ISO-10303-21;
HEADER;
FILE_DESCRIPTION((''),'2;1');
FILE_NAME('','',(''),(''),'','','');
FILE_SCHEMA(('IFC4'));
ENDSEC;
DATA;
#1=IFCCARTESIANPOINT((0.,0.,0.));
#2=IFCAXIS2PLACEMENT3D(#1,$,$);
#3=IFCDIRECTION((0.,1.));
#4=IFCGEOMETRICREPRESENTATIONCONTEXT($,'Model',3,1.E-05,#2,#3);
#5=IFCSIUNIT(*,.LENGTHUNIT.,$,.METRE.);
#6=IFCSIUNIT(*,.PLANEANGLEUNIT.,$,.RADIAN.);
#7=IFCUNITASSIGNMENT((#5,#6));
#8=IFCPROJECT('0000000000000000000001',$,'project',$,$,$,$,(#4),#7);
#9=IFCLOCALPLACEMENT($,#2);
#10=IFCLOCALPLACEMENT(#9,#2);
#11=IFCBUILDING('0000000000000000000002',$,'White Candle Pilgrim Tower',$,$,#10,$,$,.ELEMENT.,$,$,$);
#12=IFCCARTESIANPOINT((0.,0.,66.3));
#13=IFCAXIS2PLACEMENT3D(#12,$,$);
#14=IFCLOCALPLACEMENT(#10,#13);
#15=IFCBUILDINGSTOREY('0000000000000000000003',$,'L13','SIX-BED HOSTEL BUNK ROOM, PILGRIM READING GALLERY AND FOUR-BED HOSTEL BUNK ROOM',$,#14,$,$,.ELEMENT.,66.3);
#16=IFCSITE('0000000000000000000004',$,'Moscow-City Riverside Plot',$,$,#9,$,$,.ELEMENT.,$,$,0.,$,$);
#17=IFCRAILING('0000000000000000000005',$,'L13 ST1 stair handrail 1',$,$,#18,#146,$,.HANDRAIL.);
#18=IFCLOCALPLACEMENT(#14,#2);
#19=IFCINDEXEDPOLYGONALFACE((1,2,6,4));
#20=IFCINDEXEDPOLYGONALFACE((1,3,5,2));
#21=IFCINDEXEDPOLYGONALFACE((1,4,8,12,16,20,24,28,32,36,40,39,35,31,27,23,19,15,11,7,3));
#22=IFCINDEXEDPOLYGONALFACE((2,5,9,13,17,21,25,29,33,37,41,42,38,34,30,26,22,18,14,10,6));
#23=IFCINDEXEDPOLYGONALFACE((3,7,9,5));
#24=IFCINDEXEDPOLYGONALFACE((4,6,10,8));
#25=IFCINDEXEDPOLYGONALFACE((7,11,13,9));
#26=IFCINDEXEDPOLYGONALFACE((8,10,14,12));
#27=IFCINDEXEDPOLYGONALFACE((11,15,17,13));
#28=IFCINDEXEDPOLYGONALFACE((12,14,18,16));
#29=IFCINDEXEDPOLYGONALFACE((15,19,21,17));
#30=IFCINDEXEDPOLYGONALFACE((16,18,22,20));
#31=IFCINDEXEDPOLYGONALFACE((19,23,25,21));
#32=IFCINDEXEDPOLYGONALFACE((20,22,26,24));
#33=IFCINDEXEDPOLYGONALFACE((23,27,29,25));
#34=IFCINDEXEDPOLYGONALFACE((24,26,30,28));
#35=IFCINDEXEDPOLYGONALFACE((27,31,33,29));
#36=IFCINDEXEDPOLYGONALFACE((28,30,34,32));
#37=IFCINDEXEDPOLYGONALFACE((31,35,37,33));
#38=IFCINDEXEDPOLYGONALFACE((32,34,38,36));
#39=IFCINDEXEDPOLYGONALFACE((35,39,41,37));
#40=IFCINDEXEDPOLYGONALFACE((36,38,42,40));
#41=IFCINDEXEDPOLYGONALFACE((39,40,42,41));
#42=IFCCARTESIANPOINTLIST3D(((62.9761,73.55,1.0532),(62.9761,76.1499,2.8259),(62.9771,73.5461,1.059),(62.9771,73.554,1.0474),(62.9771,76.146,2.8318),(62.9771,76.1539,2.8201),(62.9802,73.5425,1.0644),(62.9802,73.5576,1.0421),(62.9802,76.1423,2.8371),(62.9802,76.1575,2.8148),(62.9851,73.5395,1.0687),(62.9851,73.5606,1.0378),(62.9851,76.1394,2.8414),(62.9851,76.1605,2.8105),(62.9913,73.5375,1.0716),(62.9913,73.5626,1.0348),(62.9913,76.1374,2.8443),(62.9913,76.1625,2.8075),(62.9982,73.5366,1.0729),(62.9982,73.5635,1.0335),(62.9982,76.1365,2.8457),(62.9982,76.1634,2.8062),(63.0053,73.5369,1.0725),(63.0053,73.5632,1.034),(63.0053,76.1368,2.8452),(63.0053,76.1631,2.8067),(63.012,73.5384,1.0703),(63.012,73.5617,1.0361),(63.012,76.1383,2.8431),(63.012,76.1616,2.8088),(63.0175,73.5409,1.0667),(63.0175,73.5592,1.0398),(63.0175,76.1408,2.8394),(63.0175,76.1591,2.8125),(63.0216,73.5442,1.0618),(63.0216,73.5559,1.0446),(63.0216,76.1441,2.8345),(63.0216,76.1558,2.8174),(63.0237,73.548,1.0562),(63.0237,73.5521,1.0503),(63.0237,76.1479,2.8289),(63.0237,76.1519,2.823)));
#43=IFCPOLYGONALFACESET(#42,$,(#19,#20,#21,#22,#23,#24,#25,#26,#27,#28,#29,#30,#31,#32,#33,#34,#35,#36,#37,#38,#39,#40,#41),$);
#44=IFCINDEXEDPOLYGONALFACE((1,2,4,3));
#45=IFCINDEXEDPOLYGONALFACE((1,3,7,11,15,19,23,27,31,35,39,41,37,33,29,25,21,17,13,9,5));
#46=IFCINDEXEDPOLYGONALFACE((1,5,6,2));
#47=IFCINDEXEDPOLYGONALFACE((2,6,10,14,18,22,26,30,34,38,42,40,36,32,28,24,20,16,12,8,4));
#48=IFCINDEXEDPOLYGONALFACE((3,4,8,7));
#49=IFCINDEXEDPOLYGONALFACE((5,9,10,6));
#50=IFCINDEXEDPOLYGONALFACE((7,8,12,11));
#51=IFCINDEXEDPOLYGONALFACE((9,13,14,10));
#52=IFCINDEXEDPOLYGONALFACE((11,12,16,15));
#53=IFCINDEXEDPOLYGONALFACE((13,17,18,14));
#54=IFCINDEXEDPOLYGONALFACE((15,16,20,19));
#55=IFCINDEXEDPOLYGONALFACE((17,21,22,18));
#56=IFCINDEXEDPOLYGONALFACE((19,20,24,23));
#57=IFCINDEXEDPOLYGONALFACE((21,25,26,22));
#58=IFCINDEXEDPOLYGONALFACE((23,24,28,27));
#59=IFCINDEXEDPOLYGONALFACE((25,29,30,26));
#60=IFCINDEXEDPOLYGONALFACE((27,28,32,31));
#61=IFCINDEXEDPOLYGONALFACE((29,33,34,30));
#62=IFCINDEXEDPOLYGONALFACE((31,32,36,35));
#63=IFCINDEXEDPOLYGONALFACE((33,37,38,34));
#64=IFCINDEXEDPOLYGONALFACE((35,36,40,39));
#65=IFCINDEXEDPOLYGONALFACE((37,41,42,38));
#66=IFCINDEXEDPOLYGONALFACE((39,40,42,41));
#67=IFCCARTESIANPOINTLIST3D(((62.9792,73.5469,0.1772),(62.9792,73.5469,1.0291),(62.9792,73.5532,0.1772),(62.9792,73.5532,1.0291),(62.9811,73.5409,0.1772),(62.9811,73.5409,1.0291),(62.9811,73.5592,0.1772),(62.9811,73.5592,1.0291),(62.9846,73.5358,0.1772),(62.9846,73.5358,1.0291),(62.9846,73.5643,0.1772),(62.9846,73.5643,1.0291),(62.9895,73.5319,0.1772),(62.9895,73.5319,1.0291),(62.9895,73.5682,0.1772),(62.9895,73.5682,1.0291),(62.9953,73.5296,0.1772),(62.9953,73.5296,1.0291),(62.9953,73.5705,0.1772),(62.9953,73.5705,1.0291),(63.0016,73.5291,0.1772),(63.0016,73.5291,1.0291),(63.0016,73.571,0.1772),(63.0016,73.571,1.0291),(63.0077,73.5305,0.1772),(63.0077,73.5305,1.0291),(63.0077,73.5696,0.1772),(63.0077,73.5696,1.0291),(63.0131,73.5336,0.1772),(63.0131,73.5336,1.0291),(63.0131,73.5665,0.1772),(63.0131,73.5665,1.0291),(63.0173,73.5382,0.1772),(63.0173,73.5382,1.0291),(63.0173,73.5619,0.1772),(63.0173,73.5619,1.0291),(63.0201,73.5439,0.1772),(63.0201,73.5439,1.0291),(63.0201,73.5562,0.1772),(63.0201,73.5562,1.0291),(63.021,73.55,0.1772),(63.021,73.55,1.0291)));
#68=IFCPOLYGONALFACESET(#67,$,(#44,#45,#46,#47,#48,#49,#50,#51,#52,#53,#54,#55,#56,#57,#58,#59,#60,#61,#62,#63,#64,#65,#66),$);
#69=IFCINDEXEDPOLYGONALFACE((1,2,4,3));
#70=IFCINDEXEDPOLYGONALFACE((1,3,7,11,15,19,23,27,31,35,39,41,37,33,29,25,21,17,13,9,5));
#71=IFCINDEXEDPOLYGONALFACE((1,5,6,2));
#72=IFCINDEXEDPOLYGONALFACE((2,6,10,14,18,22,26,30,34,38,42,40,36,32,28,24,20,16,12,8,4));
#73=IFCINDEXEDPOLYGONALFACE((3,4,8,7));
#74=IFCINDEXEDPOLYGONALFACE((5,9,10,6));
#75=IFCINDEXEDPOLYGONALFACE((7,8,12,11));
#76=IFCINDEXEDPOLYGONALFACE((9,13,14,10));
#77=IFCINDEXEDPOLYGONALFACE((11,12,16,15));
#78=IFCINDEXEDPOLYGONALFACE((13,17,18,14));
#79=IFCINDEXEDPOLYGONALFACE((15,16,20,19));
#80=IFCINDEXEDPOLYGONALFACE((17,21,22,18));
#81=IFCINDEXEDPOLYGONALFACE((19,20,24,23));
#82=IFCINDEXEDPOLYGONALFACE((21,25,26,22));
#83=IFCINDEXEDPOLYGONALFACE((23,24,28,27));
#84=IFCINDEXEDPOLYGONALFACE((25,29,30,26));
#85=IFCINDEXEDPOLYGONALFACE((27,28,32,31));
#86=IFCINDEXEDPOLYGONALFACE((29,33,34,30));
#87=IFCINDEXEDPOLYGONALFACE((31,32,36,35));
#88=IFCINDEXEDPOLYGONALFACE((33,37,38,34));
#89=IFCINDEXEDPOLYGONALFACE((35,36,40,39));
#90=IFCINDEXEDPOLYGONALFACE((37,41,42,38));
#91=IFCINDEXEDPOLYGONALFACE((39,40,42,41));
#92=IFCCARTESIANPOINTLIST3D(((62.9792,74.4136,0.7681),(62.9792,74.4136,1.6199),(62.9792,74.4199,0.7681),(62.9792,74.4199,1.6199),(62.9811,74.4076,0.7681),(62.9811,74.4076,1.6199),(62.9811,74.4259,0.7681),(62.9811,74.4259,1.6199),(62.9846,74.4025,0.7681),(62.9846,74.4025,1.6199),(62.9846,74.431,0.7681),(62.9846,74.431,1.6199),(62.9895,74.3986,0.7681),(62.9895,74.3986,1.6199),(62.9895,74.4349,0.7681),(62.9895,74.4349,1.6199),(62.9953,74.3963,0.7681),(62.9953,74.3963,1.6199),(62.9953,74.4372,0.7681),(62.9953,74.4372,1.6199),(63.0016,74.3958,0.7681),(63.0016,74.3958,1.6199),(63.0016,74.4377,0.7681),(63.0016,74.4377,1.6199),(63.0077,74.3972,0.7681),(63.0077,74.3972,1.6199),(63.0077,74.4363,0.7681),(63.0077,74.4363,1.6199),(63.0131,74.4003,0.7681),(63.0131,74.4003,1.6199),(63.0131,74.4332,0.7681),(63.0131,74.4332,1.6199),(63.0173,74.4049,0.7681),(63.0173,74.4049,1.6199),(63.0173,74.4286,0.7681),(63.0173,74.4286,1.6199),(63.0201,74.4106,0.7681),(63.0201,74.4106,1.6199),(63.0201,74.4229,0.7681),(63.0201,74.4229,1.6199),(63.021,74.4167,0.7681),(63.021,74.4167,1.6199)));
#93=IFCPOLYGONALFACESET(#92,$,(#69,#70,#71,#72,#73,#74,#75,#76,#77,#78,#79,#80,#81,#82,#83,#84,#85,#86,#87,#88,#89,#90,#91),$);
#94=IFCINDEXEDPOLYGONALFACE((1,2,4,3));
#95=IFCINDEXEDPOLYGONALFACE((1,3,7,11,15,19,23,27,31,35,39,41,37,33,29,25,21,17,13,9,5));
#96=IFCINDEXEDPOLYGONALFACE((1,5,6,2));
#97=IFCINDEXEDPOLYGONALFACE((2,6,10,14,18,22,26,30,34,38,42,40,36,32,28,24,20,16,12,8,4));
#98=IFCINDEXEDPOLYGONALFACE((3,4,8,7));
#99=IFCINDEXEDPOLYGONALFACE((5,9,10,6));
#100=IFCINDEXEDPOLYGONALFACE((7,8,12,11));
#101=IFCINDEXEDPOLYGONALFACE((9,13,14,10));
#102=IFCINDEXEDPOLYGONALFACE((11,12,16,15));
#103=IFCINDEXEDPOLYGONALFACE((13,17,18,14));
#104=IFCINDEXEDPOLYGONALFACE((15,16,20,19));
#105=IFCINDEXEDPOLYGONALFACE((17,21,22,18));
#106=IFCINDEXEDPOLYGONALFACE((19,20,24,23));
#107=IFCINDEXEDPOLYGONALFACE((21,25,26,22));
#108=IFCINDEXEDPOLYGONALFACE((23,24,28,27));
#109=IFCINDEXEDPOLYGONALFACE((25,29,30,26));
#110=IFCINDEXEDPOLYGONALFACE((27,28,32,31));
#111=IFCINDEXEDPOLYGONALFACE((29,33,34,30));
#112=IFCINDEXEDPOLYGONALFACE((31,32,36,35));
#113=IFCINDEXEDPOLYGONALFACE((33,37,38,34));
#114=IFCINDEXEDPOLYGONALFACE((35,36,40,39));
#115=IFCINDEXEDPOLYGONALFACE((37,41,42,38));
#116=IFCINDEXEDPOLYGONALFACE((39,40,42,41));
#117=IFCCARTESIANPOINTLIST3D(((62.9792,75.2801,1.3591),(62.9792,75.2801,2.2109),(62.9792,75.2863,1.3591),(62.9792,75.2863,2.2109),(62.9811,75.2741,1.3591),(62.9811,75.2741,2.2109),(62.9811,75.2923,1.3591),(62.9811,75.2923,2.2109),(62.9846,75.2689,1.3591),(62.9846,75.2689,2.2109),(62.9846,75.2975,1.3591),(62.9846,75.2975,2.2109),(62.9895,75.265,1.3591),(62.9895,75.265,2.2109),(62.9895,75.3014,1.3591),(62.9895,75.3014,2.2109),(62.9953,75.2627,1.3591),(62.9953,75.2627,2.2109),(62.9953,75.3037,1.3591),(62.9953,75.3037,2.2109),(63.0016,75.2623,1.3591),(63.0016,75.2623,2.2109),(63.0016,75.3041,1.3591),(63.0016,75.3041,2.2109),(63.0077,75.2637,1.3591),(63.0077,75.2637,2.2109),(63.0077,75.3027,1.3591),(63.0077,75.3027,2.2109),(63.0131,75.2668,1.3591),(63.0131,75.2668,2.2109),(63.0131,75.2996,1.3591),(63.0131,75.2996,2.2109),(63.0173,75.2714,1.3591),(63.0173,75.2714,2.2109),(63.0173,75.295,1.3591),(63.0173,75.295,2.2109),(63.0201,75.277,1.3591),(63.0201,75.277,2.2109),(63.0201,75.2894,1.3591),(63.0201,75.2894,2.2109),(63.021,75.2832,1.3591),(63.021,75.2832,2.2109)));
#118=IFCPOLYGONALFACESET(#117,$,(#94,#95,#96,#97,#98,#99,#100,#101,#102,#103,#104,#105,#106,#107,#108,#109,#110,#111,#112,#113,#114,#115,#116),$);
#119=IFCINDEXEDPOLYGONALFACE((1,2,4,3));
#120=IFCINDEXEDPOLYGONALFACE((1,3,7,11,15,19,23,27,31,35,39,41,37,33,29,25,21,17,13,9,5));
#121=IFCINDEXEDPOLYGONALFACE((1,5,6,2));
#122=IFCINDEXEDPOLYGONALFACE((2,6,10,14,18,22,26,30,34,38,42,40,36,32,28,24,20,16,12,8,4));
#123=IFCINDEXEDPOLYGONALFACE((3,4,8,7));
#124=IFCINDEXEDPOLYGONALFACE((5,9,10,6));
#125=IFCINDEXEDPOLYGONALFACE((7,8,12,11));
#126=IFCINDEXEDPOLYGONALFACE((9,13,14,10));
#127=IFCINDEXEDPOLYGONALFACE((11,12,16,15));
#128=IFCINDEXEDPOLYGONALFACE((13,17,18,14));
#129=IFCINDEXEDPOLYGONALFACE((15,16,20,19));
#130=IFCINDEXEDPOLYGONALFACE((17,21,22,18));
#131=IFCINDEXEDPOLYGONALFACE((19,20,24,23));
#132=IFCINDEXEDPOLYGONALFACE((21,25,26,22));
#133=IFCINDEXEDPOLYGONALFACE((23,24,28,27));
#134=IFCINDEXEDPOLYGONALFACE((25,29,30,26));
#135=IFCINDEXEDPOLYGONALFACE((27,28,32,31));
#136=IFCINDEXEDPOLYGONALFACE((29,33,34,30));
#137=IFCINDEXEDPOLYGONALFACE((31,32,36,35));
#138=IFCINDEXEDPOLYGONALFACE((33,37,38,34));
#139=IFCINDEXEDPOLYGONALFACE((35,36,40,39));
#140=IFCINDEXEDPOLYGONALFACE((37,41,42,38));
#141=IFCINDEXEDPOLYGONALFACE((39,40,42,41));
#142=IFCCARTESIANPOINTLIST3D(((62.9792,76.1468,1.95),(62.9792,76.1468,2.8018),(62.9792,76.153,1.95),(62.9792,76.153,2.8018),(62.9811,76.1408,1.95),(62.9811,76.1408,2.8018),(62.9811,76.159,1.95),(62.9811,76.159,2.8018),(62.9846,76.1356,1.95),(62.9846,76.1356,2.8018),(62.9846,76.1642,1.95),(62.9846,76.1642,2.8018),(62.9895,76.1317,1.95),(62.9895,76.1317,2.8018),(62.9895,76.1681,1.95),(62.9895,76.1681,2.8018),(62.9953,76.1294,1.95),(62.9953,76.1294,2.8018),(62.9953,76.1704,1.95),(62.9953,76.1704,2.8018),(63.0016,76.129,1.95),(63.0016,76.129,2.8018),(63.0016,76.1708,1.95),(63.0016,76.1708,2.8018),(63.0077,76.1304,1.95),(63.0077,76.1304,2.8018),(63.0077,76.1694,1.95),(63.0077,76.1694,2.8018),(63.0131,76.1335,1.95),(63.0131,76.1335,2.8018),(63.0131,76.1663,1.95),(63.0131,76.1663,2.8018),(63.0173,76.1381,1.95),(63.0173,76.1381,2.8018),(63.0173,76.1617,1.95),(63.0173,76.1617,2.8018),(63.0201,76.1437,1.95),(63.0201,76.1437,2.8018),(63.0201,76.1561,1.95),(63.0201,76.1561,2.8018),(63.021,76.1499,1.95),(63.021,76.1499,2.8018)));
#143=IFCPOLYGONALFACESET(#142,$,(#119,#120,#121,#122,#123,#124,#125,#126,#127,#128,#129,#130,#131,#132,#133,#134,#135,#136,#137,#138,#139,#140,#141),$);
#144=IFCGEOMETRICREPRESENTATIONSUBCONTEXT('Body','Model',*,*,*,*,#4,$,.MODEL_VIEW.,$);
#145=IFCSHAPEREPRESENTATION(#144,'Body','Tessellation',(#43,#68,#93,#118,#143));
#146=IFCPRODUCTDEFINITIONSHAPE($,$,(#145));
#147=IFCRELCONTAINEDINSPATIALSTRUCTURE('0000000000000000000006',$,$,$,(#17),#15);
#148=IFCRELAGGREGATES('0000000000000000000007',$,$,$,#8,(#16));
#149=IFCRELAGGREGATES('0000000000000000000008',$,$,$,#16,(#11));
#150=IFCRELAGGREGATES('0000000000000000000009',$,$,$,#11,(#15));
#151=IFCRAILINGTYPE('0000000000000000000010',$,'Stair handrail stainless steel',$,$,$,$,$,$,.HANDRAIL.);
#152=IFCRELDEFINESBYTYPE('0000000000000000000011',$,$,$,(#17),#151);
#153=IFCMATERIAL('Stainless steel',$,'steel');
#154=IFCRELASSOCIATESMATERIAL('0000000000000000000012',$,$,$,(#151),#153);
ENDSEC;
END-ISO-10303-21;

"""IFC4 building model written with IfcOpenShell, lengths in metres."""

from ifc_helpers import new_model, si_unit, direction, frame, origin, origin_2d, place, context, subcontext, project, spatial, circle, extrude, material, type_object, element, save


model = new_model("IFC4")

# Units and contexts
model_context = context("Model", 3, precision=1e-05, world=origin(), true_north=direction((0.0, 1.0)))
body_context = subcontext(model_context, "Body", "Model", "MODEL_VIEW")
ifc_project = project(units=[si_unit("LENGTHUNIT", "METRE"), si_unit("PLANEANGLEUNIT", "RADIAN")], contexts=[model_context])

# Site, building, storey
site_placement = place(None, origin())
site = spatial("IfcSite", under=ifc_project, at=site_placement, Name="Moscow-City Riverside Plot", CompositionType="ELEMENT", RefElevation=0.0)
building_placement = place(site_placement, origin())
building = spatial("IfcBuilding", under=site, at=building_placement, Name="White Candle Pilgrim Tower", CompositionType="ELEMENT")
storey_placement = place(building_placement, frame((0.0, 0.0, 66.3)))
storey = spatial("IfcBuildingStorey", under=building, at=storey_placement, Name="L13", Description="SIX-BED HOSTEL BUNK ROOM, PILGRIM READING GALLERY AND FOUR-BED HOSTEL BUNK ROOM", CompositionType="ELEMENT", Elevation=66.3)

# Railing
ifc_material_1 = material(Name="Stainless steel", Category="steel")
railing_type_1 = type_object("IfcRailingType", Name="Stair handrail stainless steel", PredefinedType="HANDRAIL", material=ifc_material_1)
railing_1_placement = place(storey_placement, frame((63.0, 73.55, 0.1772)))
element("IfcRailing", 1, at=railing_1_placement, inside=storey, type_object=railing_type_1, Name="L13 ST1 stair handrail 1", PredefinedType="HANDRAIL", context=body_context, shape_type="SweptSolid", body=[
    extrude(circle(Radius=0.0239, at=origin_2d()), frame((0.0, 0.0, 0.876), z_axis=(0.0, 0.826216, 0.563354), x_axis=(-1.0, 0.0, 0.0)), (0.0, 0.0, 1.0), 3.1467),
    extrude(circle(Radius=0.021, at=origin_2d()), origin(), (0.0, 0.0, 1.0), 0.8518),
    extrude(circle(Radius=0.021, at=origin_2d()), frame((0.0, 0.8667, 0.5908)), (0.0, 0.0, 1.0), 0.8518),
    extrude(circle(Radius=0.021, at=origin_2d()), frame((0.0, 1.7332, 1.1819)), (0.0, 0.0, 1.0), 0.8518),
    extrude(circle(Radius=0.021, at=origin_2d()), frame((0.0, 2.5999, 1.7727)), (0.0, 0.0, 1.0), 0.8518),
])

save(model, "model.ifc")
